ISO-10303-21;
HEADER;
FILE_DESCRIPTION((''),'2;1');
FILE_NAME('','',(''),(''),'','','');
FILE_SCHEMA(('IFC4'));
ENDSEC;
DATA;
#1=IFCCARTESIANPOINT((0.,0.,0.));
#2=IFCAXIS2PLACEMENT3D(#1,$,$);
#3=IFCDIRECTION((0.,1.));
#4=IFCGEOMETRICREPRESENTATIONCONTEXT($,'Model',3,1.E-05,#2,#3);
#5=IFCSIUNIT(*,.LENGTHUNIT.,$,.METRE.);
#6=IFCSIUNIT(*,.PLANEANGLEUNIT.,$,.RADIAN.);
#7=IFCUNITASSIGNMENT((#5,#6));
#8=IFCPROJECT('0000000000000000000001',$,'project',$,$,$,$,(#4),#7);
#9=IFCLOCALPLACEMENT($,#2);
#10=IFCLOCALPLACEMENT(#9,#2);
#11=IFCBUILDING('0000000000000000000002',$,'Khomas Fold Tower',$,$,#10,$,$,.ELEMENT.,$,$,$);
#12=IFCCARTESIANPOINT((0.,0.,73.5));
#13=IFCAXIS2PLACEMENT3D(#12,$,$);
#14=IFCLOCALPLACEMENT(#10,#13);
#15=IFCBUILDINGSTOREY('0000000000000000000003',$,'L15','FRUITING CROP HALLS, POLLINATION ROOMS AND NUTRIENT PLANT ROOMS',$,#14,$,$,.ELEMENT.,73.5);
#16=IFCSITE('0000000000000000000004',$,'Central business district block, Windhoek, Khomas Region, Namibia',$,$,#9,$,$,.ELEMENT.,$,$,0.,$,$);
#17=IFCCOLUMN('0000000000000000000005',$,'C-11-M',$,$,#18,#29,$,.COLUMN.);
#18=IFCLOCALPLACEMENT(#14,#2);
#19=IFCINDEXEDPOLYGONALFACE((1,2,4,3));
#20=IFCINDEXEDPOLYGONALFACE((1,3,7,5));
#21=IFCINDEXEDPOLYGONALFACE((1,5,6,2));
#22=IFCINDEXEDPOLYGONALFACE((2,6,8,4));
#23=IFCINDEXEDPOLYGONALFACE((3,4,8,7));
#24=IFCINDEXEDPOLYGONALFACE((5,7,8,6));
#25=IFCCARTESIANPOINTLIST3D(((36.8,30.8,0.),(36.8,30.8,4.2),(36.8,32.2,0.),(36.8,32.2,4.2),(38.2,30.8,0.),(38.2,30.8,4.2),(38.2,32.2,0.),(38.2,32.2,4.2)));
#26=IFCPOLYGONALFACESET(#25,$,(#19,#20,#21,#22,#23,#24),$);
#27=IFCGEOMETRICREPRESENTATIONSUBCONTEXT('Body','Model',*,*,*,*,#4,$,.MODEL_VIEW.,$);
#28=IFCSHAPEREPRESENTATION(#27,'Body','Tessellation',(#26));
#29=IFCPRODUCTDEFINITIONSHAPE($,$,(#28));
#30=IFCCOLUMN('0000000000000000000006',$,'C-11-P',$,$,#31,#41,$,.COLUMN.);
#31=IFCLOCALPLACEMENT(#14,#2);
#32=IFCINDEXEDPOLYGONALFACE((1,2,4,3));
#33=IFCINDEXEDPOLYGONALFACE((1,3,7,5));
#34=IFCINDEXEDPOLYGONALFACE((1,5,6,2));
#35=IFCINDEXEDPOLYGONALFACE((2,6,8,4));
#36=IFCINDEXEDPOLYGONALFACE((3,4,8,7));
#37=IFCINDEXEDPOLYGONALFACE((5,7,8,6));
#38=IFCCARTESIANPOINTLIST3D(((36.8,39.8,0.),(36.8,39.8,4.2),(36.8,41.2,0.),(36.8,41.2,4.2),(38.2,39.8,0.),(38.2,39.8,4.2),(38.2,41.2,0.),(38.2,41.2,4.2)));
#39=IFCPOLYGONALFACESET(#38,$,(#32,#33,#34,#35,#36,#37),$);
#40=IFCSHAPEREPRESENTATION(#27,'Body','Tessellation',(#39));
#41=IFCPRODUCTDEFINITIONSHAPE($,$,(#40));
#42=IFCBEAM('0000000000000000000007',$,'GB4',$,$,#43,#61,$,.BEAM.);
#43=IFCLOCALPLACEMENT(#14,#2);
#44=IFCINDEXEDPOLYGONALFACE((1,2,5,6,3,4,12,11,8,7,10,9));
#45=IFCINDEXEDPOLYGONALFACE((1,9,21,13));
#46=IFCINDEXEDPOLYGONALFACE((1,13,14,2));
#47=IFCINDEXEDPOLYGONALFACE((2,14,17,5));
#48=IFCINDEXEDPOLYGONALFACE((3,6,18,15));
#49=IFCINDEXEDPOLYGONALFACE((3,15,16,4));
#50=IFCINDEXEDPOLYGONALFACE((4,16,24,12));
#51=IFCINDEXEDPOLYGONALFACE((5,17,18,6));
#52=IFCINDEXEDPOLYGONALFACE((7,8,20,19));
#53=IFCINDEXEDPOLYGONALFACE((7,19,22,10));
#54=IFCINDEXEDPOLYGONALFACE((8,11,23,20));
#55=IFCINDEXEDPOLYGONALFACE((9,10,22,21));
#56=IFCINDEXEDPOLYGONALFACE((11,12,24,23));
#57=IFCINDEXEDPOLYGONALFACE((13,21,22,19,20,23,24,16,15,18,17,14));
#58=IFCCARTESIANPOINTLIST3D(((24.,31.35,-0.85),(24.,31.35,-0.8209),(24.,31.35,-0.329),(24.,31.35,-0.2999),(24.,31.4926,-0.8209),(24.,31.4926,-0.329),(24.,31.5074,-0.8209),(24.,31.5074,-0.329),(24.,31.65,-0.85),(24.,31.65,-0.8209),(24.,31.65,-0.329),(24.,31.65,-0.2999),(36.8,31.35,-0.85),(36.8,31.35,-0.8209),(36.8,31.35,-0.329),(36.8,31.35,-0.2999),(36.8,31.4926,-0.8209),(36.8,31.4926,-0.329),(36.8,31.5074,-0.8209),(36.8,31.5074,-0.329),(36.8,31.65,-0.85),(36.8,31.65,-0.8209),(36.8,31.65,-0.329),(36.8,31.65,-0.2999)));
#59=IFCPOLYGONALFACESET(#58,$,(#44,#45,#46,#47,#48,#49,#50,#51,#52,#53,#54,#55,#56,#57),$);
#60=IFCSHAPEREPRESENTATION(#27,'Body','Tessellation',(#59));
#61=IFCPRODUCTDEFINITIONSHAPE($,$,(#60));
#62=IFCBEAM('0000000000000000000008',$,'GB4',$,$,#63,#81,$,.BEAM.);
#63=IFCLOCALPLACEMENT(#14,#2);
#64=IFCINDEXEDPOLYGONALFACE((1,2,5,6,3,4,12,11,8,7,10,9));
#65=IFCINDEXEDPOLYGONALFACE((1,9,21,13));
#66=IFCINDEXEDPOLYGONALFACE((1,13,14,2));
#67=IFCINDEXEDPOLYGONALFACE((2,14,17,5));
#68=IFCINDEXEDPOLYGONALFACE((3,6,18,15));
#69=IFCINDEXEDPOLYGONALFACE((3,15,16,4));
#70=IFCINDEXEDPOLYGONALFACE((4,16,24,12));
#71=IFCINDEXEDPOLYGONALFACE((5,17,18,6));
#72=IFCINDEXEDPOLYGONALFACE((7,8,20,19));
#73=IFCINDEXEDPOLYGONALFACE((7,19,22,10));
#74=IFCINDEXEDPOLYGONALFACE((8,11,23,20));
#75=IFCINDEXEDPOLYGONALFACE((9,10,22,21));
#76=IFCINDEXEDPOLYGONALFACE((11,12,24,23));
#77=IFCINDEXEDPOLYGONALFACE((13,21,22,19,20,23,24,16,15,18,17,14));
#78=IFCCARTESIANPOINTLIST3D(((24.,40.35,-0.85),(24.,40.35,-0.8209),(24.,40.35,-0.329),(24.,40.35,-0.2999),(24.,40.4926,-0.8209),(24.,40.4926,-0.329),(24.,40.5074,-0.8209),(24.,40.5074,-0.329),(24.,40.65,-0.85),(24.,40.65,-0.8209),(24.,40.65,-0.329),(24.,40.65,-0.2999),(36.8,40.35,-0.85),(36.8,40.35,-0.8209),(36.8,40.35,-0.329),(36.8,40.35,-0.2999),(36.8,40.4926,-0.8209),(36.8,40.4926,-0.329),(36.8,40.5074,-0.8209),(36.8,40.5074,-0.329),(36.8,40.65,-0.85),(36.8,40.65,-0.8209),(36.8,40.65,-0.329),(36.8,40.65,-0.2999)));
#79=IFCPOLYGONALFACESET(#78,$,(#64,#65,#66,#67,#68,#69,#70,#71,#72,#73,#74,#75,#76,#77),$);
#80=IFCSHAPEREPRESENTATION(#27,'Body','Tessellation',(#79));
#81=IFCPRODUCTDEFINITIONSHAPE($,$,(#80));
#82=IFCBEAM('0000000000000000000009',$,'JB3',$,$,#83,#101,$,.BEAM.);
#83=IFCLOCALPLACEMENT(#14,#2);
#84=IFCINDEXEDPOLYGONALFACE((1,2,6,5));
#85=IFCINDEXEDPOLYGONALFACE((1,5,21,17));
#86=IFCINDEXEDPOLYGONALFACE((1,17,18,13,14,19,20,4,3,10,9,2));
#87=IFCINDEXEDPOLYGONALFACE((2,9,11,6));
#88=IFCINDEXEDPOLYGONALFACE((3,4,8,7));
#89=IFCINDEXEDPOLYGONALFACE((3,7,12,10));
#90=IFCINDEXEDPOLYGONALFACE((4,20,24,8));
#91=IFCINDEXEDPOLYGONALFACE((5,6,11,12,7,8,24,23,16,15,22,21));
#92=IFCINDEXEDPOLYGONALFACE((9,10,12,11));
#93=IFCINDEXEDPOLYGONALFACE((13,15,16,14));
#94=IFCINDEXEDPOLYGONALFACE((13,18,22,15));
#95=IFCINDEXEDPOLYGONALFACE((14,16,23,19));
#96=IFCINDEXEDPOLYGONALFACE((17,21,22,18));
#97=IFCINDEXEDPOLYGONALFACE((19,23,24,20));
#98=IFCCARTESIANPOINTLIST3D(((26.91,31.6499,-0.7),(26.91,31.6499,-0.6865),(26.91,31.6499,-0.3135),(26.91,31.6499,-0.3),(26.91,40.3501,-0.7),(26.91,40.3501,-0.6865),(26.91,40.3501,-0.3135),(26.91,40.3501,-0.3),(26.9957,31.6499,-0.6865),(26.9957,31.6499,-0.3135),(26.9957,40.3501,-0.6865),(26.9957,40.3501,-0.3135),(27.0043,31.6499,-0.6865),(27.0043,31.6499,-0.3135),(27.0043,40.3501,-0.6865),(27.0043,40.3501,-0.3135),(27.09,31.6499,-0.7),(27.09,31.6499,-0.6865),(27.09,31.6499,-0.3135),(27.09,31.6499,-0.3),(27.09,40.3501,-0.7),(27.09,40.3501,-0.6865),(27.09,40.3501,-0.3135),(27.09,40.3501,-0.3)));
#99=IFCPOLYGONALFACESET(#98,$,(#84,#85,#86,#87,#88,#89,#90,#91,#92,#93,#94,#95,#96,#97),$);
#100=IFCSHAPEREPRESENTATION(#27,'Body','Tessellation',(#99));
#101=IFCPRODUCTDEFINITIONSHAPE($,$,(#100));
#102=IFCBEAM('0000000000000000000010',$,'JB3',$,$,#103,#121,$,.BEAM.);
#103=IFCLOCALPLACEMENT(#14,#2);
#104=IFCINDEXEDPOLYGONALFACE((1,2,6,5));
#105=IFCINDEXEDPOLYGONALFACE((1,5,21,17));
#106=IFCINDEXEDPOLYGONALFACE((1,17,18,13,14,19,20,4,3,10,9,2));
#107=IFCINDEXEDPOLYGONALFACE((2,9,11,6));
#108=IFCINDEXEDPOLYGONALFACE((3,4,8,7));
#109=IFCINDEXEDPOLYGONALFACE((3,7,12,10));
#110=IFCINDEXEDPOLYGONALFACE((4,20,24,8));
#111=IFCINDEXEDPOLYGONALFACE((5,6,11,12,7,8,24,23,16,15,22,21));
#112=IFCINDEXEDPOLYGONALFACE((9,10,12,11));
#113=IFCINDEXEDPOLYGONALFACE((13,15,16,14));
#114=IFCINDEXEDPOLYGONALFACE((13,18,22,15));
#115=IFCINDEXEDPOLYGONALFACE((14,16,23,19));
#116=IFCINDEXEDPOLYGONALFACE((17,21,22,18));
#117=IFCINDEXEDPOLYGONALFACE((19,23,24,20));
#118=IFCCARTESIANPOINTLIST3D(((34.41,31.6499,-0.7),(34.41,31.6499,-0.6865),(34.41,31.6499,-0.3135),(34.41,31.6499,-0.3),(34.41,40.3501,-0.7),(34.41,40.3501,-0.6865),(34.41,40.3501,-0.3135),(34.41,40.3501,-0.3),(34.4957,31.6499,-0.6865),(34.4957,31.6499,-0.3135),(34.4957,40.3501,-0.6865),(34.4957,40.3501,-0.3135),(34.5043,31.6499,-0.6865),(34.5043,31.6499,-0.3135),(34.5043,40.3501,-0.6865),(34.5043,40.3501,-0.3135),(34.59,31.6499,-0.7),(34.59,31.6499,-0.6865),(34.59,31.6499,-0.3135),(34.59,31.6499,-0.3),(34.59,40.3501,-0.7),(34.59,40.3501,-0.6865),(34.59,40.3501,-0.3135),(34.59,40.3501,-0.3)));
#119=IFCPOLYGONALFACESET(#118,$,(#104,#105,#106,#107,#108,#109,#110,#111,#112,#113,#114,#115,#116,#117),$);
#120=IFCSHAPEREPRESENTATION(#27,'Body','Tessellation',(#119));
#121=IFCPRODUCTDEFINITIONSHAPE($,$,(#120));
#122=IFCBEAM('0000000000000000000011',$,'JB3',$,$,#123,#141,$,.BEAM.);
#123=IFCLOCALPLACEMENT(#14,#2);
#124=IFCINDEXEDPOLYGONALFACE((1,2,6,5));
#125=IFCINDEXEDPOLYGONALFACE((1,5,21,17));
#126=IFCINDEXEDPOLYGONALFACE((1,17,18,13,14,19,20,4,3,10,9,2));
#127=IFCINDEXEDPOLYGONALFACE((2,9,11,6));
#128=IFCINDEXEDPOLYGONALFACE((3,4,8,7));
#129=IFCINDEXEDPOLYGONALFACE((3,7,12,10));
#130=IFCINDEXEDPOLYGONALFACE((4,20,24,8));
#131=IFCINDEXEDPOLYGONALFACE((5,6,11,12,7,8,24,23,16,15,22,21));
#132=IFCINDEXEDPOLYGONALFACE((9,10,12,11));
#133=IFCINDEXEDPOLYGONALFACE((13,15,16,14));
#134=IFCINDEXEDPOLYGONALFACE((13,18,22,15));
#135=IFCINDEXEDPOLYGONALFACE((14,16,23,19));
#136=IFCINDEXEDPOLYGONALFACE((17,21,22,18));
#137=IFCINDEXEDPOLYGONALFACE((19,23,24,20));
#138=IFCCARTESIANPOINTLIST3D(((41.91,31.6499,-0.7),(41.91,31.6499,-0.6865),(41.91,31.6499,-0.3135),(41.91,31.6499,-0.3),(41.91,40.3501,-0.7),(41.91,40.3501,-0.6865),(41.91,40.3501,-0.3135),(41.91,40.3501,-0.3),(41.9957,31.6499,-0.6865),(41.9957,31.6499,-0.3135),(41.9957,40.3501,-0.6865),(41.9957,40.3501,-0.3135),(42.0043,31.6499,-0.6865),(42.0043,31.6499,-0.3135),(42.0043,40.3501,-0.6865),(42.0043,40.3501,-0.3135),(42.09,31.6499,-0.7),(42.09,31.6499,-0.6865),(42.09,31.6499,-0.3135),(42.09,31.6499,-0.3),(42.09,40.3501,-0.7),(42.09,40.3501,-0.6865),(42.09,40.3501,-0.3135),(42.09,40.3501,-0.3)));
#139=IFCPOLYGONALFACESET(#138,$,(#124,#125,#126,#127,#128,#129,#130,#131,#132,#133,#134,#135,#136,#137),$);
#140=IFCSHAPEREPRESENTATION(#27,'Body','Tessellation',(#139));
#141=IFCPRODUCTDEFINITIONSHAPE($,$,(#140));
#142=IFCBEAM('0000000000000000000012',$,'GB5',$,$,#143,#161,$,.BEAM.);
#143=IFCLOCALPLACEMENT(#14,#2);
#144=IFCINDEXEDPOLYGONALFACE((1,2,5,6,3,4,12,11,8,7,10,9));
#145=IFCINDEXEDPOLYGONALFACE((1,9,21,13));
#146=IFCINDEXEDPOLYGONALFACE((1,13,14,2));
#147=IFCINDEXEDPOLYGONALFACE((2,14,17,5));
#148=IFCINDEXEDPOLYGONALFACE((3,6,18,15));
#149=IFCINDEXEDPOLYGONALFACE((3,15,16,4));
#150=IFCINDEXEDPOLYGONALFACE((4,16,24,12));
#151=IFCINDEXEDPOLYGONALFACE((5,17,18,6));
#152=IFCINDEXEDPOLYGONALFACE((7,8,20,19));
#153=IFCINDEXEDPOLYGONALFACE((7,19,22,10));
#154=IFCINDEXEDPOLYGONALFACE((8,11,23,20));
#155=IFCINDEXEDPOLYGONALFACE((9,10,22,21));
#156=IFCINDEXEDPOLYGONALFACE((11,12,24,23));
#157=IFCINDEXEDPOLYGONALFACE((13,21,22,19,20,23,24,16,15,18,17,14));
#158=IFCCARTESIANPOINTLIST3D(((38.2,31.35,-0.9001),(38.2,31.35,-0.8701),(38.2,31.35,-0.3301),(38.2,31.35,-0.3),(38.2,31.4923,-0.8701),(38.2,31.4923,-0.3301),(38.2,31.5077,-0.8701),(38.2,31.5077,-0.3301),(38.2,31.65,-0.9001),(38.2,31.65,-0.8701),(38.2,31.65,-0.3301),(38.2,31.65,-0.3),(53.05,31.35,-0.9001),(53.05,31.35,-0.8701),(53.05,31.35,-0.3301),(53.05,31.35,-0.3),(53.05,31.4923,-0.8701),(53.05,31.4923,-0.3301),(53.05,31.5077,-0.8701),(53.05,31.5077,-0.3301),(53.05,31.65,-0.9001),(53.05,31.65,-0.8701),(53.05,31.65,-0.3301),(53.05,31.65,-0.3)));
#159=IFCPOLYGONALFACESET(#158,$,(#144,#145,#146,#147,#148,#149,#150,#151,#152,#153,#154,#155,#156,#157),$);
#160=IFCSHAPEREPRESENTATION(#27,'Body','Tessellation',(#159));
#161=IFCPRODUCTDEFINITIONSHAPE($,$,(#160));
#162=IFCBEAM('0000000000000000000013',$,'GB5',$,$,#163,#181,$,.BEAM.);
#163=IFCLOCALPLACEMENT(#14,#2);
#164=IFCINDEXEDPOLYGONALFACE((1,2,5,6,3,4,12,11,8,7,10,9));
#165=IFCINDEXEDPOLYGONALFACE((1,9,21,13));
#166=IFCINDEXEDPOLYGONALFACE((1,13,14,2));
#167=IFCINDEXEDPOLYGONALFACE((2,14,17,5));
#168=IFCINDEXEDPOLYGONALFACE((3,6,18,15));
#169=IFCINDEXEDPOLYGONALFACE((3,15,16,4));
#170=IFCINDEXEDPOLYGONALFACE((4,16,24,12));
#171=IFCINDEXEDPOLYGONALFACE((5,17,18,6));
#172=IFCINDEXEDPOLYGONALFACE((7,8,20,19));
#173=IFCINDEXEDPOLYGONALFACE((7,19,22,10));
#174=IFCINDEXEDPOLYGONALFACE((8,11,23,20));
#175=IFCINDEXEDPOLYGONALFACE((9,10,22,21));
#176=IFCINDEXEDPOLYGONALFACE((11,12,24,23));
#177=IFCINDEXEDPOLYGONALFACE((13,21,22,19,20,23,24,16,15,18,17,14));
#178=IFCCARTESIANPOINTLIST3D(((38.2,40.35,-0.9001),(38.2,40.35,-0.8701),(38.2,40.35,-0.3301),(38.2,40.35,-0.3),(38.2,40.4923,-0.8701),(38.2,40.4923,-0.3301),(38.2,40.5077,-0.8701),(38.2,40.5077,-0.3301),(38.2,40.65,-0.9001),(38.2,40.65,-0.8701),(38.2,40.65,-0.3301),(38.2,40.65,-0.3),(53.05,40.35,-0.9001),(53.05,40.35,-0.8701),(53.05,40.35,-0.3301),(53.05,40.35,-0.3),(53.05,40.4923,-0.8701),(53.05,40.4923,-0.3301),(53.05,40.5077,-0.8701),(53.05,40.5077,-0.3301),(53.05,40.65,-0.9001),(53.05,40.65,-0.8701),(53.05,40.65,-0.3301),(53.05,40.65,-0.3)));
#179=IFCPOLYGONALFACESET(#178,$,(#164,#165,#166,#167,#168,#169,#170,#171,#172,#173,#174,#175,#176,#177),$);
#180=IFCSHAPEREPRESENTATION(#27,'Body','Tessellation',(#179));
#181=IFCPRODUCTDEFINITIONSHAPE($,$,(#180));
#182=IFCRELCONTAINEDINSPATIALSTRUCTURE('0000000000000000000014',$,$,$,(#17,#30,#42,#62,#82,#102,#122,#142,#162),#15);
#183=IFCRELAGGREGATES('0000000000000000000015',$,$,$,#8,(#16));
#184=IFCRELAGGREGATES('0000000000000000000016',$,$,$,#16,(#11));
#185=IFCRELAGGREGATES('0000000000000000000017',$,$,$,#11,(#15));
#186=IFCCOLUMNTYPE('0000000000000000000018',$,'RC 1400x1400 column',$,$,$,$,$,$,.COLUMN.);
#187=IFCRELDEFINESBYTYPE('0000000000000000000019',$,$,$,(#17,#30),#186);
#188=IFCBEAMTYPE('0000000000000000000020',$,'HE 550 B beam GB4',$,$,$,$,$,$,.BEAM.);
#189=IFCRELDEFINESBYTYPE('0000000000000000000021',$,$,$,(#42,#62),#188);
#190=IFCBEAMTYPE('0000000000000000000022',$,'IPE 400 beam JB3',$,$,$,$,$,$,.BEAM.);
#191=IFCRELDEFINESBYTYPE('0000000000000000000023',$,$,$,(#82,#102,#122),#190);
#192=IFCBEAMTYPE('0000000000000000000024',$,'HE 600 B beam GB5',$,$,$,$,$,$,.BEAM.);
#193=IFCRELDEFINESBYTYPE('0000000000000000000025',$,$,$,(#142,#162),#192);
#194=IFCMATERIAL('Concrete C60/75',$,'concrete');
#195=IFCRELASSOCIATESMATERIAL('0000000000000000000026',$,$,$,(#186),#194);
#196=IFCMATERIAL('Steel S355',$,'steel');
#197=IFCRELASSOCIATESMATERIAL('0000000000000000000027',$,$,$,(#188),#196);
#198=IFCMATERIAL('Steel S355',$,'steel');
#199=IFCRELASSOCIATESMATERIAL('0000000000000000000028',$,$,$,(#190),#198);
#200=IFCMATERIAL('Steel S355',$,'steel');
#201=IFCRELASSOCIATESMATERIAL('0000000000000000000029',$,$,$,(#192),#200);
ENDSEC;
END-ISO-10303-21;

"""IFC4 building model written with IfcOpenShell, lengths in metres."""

from ifc_helpers import new_model, si_unit, direction, frame, origin, origin_2d, place, context, subcontext, project, spatial, rectangle, i_section, extrude, source, transform, mapped, material, material_profile, profile_set, type_object, element, save


model = new_model("IFC4")

# Units and contexts
model_context = context("Model", 3, precision=1e-05, world=origin(), true_north=direction((0.0, 1.0)))
body_context = subcontext(model_context, "Body", "Model", "MODEL_VIEW")
ifc_project = project(units=[si_unit("LENGTHUNIT", "METRE"), si_unit("PLANEANGLEUNIT", "RADIAN")], contexts=[model_context])

# Site, building, storey
site_placement = place(None, origin())
site = spatial("IfcSite", under=ifc_project, at=site_placement, Name="Central business district block, Windhoek, Khomas Region, Namibia", CompositionType="ELEMENT", RefElevation=0.0)
building_placement = place(site_placement, origin())
building = spatial("IfcBuilding", under=site, at=building_placement, Name="Khomas Fold Tower", CompositionType="ELEMENT")
storey_placement = place(building_placement, frame((0.0, 0.0, 73.5)))
storey = spatial("IfcBuildingStorey", under=building, at=storey_placement, Name="L15", Description="FRUITING CROP HALLS, POLLINATION ROOMS AND NUTRIENT PLANT ROOMS", CompositionType="ELEMENT", Elevation=73.5)

# Columns
ifc_material_1 = material(Name="Concrete C60/75", Category="concrete")
ifc_material_profile_1 = material_profile(ifc_material_1, rectangle(XDim=1.3999, YDim=1.3999, at=origin_2d()), Name="RC 1400x1400")
ifc_profile_set_1 = profile_set([ifc_material_profile_1], Name="Concrete C60/75")
column_type = type_object("IfcColumnType", Name="RC 1400x1400 column", PredefinedType="COLUMN", material=ifc_profile_set_1)
shared_shape_1 = source(origin(), body_context, "Body", "SweptSolid", [
    extrude(rectangle(XDim=1.3999, YDim=1.3999, at=origin_2d()), origin(), (0.0, 0.0, 1.0), 4.2),
])
for number, where, z_axis, x_axis, name in (
    (1, (37.5, 31.5, 0.0), (0.0, 0.0, 1.0), (1.0, 0.0, 0.0), "C-11-M"),
    (2, (37.5, 40.5, 0.0), (0.0, 0.0, 1.0), (1.0, 0.0, 0.0), "C-11-P"),
):
    element("IfcColumn", number, at=place(storey_placement, frame(where, z_axis=z_axis, x_axis=x_axis)), inside=storey, type_object=column_type, Name=name, PredefinedType="COLUMN", context=body_context, shape_type="MappedRepresentation", body=[
        mapped(shared_shape_1, transform((0.0, 0.0, 0.0))),
    ])

# Beams
ifc_material_2 = material(Name="Steel S355", Category="steel")
ifc_material_profile_2 = material_profile(ifc_material_2, i_section(OverallWidth=0.3, OverallDepth=0.55, WebThickness=0.0149, FlangeThickness=0.0291, at=origin_2d()), Name="HE 550 B")
ifc_profile_set_2 = profile_set([ifc_material_profile_2], Name="Steel S355")
beam_type_1 = type_object("IfcBeamType", Name="HE 550 B beam GB4", PredefinedType="BEAM", material=ifc_profile_set_2)
shared_shape_2 = source(origin(), body_context, "Body", "SweptSolid", [
    extrude(i_section(OverallWidth=0.3, OverallDepth=0.55, WebThickness=0.0149, FlangeThickness=0.0291, at=origin_2d()), origin(), (0.0, 0.0, 1.0), 12.8),
])
for number, where, z_axis, x_axis, name in (
    (3, (24.0, 31.5, -0.575), (1.0, 0.0, 0.0), (0.0, 1.0, 0.0), "GB4"),
    (4, (24.0, 40.5, -0.575), (1.0, 0.0, 0.0), (0.0, 1.0, 0.0), "GB4"),
):
    element("IfcBeam", number, at=place(storey_placement, frame(where, z_axis=z_axis, x_axis=x_axis)), inside=storey, type_object=beam_type_1, Name=name, PredefinedType="BEAM", context=body_context, shape_type="MappedRepresentation", body=[
        mapped(shared_shape_2, transform((0.0, 0.0, 0.0))),
    ])
ifc_material_3 = material(Name="Steel S355", Category="steel")
ifc_material_profile_3 = material_profile(ifc_material_3, i_section(OverallWidth=0.1799, OverallDepth=0.3999, WebThickness=0.0085, FlangeThickness=0.0134, at=origin_2d()), Name="IPE 400")
ifc_profile_set_3 = profile_set([ifc_material_profile_3], Name="Steel S355")
beam_type_2 = type_object("IfcBeamType", Name="IPE 400 beam JB3", PredefinedType="BEAM", material=ifc_profile_set_3)
shared_shape_3 = source(origin(), body_context, "Body", "SweptSolid", [
    extrude(i_section(OverallWidth=0.1799, OverallDepth=0.3999, WebThickness=0.0085, FlangeThickness=0.0134, at=origin_2d()), origin(), (0.0, 0.0, 1.0), 8.7002),
])
for number, where, z_axis, x_axis, name in (
    (5, (27.0, 31.6499, -0.5), (0.0, 1.0, 0.0), (-1.0, 0.0, 0.0), "JB3"),
    (6, (34.5, 31.6499, -0.5), (0.0, 1.0, 0.0), (-1.0, 0.0, 0.0), "JB3"),
    (7, (42.0, 31.6499, -0.5), (0.0, 1.0, 0.0), (-1.0, 0.0, 0.0), "JB3"),
):
    element("IfcBeam", number, at=place(storey_placement, frame(where, z_axis=z_axis, x_axis=x_axis)), inside=storey, type_object=beam_type_2, Name=name, PredefinedType="BEAM", context=body_context, shape_type="MappedRepresentation", body=[
        mapped(shared_shape_3, transform((0.0, 0.0, 0.0))),
    ])
ifc_material_4 = material(Name="Steel S355", Category="steel")
ifc_material_profile_4 = material_profile(ifc_material_4, i_section(OverallWidth=0.3, OverallDepth=0.6001, WebThickness=0.0154, FlangeThickness=0.03, at=origin_2d()), Name="HE 600 B")
ifc_profile_set_4 = profile_set([ifc_material_profile_4], Name="Steel S355")
beam_type_3 = type_object("IfcBeamType", Name="HE 600 B beam GB5", PredefinedType="BEAM", material=ifc_profile_set_4)
shared_shape_4 = source(origin(), body_context, "Body", "SweptSolid", [
    extrude(i_section(OverallWidth=0.3, OverallDepth=0.6001, WebThickness=0.0154, FlangeThickness=0.03, at=origin_2d()), origin(), (0.0, 0.0, 1.0), 14.8501),
])
for number, where, z_axis, x_axis, name in (
    (8, (38.2, 31.5, -0.6001), (1.0, 0.0, 0.0), (0.0, 1.0, 0.0), "GB5"),
    (9, (38.2, 40.5, -0.6001), (1.0, 0.0, 0.0), (0.0, 1.0, 0.0), "GB5"),
):
    element("IfcBeam", number, at=place(storey_placement, frame(where, z_axis=z_axis, x_axis=x_axis)), inside=storey, type_object=beam_type_3, Name=name, PredefinedType="BEAM", context=body_context, shape_type="MappedRepresentation", body=[
        mapped(shared_shape_4, transform((0.0, 0.0, 0.0))),
    ])

save(model, "model.ifc")
